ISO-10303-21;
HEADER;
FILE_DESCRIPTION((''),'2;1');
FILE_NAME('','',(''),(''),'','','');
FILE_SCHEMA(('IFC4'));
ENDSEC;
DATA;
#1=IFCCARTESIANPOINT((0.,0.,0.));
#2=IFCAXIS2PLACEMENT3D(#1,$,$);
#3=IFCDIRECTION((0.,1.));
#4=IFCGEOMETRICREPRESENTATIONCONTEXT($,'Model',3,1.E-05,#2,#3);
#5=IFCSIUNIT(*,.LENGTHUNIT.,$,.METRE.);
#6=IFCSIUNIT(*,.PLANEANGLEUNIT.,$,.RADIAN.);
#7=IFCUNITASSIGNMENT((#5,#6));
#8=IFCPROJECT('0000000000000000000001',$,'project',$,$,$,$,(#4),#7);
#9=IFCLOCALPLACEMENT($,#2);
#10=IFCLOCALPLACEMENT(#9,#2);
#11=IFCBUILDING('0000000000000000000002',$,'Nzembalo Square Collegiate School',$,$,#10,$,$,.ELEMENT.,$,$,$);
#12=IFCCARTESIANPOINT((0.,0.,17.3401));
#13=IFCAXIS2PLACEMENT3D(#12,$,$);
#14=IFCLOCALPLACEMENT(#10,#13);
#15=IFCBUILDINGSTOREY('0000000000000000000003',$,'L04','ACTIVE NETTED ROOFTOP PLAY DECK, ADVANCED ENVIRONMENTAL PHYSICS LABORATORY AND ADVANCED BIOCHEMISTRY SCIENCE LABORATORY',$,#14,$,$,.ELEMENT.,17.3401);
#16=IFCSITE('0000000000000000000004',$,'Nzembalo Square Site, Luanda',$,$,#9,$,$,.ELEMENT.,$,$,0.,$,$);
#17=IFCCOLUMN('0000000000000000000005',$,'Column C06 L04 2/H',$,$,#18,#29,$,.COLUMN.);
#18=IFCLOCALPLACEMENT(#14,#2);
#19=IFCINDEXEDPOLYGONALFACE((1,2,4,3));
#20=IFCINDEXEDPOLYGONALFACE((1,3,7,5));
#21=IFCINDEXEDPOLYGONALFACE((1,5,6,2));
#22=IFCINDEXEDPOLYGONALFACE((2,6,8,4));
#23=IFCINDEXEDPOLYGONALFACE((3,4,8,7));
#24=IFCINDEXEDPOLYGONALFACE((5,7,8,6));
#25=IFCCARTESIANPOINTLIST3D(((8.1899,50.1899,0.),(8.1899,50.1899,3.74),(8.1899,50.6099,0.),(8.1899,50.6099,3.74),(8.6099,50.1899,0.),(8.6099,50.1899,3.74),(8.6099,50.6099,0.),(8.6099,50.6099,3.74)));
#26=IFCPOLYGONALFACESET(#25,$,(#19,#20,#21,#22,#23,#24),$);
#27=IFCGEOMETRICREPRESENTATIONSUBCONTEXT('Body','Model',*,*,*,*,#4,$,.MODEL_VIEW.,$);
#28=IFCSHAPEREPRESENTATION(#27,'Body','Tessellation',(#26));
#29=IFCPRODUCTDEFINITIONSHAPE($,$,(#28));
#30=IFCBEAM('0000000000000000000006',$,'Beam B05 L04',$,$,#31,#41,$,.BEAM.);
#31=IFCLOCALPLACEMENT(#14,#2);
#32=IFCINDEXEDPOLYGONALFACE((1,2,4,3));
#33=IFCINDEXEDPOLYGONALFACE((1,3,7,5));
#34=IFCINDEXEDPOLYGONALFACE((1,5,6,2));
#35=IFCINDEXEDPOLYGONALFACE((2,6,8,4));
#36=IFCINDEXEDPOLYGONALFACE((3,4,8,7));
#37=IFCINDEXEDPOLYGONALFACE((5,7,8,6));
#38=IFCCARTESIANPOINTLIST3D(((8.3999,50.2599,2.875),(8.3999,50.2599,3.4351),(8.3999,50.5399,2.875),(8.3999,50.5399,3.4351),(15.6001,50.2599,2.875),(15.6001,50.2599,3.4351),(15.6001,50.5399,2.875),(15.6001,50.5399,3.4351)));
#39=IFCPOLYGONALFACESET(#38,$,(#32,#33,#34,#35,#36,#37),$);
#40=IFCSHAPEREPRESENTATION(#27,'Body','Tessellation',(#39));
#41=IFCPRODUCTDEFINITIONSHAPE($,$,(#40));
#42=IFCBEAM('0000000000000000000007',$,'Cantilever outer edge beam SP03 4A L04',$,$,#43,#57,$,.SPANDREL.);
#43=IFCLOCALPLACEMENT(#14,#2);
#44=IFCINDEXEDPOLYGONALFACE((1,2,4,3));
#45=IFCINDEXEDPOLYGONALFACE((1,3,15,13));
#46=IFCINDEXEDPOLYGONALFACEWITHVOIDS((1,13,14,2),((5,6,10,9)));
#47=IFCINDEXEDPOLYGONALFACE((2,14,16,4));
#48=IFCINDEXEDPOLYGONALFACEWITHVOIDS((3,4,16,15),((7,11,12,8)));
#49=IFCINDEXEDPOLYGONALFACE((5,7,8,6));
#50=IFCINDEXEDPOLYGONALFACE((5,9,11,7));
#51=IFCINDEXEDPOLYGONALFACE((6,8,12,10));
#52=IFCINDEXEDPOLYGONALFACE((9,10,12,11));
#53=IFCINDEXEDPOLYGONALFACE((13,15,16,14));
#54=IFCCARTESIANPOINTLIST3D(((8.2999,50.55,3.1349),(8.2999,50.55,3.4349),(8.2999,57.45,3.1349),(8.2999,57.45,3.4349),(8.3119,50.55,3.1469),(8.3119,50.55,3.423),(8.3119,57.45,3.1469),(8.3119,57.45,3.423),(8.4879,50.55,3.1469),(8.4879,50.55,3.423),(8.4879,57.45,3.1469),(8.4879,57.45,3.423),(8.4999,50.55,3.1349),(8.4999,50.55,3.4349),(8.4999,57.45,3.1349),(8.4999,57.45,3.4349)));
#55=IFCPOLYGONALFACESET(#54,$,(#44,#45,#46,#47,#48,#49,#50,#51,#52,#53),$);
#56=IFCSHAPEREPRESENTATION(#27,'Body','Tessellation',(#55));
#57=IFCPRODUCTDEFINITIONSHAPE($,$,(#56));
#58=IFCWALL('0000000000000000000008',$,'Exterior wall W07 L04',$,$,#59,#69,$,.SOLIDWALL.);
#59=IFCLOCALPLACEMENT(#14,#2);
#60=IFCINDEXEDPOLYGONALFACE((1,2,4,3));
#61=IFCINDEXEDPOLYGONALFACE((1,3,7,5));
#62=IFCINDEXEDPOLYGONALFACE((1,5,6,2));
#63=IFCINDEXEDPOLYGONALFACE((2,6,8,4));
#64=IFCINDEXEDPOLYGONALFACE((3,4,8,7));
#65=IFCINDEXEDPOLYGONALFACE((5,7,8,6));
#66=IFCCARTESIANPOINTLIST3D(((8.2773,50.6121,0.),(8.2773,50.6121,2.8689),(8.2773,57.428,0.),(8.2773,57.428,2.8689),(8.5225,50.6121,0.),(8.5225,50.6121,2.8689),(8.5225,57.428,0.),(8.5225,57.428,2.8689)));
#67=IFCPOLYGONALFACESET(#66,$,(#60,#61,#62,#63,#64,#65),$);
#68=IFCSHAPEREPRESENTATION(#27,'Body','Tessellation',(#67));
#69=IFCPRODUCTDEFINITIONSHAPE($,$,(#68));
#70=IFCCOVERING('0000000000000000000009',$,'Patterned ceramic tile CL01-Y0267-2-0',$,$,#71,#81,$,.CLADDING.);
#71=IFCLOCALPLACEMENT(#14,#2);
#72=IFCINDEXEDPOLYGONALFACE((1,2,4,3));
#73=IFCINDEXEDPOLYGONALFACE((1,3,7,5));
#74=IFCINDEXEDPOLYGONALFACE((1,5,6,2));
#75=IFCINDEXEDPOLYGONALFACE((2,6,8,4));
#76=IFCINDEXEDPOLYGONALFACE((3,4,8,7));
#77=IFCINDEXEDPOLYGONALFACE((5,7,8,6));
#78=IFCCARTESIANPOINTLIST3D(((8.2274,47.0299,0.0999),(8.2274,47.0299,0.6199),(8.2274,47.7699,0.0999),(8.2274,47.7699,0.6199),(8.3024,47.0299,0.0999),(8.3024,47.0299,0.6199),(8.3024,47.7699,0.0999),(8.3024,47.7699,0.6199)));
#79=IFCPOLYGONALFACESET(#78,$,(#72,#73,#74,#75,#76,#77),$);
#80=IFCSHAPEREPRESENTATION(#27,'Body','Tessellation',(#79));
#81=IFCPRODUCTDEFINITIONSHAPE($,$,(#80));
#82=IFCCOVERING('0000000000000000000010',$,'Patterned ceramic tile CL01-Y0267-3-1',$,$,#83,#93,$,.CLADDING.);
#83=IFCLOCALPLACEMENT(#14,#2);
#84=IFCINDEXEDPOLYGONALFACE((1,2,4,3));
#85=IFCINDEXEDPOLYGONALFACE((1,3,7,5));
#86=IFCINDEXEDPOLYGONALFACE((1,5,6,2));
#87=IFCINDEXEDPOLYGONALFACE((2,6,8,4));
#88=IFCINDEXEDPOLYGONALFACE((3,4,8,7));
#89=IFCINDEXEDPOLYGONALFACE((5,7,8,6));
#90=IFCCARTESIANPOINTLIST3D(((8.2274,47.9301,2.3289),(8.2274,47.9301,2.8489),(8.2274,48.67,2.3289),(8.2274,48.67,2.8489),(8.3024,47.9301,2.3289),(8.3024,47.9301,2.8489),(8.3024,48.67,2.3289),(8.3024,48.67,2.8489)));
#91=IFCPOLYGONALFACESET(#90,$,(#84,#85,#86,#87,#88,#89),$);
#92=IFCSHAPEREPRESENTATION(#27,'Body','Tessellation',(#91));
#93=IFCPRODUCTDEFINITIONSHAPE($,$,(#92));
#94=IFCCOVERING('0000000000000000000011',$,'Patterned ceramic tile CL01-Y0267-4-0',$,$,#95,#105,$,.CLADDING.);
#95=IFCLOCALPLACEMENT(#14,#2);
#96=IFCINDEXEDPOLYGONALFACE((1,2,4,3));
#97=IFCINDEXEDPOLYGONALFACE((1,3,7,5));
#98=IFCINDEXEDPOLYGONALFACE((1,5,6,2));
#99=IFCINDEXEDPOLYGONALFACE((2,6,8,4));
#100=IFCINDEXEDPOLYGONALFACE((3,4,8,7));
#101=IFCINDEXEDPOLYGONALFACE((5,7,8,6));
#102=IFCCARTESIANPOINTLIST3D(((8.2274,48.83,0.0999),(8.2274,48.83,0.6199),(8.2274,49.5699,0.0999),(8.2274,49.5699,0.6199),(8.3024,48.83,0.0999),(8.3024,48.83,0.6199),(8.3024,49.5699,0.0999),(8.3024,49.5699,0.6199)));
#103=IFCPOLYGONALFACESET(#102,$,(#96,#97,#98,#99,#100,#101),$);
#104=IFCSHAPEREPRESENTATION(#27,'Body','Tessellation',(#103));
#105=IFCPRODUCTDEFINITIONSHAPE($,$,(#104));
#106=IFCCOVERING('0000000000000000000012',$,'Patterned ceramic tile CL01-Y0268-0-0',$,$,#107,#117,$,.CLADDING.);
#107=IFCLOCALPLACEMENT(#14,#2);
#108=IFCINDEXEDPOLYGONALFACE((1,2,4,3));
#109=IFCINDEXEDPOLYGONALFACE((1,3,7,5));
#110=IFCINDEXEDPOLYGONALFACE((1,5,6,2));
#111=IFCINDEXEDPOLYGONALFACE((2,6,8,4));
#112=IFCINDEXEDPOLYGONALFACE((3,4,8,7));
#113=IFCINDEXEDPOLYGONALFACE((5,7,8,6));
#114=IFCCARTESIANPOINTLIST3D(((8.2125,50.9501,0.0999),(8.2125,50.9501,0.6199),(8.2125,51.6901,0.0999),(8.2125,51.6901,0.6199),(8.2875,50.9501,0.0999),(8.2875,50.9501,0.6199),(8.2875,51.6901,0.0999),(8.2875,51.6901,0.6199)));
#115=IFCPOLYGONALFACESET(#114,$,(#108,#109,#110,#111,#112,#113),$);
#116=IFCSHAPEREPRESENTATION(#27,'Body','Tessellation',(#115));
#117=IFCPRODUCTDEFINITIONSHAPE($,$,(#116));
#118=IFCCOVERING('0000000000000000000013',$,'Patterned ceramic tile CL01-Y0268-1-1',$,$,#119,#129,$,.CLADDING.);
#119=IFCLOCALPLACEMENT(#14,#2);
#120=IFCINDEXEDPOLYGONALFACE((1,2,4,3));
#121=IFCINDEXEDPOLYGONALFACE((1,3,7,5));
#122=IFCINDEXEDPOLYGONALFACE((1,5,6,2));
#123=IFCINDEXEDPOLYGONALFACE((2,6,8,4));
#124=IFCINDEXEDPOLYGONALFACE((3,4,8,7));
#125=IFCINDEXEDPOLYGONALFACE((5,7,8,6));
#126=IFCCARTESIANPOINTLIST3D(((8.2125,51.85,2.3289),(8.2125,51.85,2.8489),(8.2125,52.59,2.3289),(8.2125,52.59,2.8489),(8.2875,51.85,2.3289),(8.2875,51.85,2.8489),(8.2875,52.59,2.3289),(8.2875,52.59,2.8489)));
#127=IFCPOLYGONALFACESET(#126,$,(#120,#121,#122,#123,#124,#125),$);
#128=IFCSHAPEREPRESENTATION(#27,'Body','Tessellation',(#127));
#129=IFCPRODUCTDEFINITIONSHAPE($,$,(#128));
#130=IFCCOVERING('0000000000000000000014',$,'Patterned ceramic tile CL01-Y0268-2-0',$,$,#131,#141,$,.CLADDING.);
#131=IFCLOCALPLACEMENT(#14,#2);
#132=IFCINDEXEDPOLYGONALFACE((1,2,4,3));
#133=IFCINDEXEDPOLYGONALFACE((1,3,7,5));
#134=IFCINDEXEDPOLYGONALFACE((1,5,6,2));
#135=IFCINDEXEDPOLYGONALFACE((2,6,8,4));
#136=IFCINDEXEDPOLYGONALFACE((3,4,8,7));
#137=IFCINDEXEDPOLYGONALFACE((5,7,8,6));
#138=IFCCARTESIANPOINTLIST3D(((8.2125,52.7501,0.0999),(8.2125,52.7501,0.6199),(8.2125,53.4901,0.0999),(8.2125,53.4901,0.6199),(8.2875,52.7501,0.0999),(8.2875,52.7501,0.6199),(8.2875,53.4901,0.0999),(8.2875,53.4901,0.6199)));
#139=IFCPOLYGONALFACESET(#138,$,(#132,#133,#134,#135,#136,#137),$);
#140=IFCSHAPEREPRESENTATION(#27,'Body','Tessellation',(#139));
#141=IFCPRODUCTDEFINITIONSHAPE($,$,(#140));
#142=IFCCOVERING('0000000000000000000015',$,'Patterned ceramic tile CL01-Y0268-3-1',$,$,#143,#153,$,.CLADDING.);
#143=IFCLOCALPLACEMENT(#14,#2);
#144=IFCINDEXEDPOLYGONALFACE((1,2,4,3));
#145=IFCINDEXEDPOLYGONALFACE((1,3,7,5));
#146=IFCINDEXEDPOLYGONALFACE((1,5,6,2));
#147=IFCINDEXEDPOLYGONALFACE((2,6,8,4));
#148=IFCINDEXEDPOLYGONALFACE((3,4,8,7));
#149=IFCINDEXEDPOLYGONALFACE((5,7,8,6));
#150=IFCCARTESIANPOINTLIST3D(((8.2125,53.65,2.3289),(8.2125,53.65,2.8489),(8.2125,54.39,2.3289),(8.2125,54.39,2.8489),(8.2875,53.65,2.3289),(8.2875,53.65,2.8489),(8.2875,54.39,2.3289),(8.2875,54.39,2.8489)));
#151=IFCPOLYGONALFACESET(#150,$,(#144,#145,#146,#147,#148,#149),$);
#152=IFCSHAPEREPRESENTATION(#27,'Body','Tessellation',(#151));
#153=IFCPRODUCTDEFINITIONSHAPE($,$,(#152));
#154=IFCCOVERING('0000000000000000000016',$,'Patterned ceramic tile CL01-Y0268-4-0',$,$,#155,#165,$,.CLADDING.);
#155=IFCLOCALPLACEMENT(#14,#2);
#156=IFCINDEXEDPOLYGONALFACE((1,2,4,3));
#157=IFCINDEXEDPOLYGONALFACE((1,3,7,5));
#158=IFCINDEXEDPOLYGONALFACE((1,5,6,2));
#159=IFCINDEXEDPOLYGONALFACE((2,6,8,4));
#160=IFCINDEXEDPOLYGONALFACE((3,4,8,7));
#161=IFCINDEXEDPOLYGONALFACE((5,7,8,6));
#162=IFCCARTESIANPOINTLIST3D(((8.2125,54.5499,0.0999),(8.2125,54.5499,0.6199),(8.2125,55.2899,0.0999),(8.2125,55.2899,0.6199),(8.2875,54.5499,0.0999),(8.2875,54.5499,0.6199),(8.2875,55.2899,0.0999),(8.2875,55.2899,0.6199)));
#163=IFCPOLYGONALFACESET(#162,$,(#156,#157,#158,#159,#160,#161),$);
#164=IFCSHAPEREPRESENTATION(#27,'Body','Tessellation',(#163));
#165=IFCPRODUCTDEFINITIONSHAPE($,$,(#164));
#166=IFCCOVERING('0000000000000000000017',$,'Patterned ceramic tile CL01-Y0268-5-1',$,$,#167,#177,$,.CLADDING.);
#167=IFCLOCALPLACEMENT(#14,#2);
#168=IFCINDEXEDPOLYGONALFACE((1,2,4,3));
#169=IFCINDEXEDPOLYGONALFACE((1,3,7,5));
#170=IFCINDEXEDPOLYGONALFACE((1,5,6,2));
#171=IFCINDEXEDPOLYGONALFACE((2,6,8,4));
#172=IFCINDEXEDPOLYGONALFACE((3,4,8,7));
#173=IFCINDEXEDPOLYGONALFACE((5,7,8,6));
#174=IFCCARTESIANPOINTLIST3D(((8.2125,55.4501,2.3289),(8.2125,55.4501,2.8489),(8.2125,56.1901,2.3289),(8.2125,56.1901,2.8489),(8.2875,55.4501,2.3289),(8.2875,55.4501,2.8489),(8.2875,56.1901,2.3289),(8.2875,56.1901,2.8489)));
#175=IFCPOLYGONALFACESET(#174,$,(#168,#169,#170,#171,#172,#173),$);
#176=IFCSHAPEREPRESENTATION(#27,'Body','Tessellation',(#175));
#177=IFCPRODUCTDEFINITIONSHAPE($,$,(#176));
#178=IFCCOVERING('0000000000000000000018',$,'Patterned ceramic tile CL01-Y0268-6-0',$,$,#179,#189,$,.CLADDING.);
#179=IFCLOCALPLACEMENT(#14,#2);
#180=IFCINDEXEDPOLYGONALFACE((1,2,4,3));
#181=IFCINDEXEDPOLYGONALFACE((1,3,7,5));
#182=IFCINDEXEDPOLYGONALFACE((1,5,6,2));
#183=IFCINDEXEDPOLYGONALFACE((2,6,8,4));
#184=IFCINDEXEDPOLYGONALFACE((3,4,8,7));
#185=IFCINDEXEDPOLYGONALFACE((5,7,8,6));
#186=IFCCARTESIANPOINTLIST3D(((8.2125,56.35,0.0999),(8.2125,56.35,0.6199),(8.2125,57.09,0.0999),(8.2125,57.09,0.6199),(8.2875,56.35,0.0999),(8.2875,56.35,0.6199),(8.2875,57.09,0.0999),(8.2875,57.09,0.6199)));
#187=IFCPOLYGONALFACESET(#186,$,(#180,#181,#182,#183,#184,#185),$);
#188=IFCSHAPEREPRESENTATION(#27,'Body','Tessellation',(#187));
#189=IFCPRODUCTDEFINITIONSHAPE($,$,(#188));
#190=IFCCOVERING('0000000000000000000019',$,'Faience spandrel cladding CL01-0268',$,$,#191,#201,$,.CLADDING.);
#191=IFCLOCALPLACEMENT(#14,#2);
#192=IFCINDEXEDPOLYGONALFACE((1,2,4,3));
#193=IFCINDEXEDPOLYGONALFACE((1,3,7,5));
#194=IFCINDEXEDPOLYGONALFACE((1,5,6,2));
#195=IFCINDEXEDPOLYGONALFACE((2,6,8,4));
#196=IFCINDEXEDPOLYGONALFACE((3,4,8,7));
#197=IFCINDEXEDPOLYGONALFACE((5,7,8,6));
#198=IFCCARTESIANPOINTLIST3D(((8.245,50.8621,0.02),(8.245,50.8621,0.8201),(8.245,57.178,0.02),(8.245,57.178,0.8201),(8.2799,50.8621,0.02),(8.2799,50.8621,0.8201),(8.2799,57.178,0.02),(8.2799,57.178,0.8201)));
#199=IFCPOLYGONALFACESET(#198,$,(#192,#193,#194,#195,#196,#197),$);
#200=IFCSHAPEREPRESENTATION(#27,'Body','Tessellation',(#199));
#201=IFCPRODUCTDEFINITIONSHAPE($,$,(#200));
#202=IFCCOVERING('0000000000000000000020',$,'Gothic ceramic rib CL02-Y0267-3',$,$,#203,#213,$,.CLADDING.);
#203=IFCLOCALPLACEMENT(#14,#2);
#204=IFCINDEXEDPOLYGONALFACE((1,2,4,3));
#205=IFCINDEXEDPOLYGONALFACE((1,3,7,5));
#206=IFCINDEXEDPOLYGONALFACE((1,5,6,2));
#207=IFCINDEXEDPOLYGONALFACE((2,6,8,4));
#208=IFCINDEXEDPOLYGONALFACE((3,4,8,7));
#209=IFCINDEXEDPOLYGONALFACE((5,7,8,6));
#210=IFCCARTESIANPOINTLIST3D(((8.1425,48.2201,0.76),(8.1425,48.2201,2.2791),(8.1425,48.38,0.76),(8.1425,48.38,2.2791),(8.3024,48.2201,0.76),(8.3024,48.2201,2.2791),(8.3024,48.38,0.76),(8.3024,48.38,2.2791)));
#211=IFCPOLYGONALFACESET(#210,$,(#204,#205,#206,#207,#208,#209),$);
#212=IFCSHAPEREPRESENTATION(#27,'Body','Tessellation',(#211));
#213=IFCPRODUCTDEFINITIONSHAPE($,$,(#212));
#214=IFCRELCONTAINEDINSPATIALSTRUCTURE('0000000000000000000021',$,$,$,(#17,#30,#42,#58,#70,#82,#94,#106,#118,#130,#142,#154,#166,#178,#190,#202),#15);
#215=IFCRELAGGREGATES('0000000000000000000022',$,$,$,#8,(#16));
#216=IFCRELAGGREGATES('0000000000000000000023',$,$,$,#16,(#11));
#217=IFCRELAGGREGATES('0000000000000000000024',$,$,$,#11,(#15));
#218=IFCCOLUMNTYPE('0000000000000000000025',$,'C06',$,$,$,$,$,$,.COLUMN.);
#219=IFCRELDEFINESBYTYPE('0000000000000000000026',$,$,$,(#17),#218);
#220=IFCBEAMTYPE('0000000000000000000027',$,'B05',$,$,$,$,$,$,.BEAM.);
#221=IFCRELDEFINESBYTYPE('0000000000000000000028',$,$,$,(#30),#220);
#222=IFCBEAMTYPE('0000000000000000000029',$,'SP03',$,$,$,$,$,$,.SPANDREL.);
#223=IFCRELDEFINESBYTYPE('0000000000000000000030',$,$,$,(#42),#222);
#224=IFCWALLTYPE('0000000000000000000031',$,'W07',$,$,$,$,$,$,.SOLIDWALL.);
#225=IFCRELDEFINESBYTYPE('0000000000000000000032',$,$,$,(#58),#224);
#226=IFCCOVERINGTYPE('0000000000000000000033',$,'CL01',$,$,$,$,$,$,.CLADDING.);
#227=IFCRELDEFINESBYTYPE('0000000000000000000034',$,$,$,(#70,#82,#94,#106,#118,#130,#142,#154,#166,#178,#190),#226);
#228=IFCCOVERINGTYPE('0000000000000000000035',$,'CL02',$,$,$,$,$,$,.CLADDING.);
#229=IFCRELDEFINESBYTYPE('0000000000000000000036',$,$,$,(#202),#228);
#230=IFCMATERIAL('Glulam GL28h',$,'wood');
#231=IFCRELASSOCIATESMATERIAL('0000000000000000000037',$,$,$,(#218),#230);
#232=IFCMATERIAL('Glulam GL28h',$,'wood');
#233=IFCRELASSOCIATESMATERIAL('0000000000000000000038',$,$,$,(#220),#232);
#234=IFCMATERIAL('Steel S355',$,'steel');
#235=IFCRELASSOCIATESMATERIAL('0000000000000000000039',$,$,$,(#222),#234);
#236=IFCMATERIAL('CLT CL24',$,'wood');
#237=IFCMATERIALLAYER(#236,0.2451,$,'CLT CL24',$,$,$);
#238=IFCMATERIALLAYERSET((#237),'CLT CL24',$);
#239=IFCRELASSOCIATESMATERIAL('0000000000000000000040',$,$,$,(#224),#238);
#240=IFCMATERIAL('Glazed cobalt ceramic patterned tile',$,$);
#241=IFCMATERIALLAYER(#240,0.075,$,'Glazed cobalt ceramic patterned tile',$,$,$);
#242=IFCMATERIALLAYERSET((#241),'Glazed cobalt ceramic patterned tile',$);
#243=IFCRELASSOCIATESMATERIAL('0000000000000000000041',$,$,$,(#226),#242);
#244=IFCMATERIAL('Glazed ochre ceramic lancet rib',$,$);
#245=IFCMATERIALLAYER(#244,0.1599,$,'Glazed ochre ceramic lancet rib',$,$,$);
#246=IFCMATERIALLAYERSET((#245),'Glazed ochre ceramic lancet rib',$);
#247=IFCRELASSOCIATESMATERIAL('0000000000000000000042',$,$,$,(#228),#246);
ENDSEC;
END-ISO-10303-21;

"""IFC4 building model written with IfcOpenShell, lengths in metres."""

from ifc_helpers import new_model, si_unit, direction, frame, frame_2d, origin, origin_2d, place, context, subcontext, project, spatial, rectangle, hollow_rectangle, extrude, material, layer, layer_set, material_profile, profile_set, type_object, element, save


model = new_model("IFC4")

# Units and contexts
model_context = context("Model", 3, precision=1e-05, world=origin(), true_north=direction((0.0, 1.0)))
body_context = subcontext(model_context, "Body", "Model", "MODEL_VIEW")
ifc_project = project(units=[si_unit("LENGTHUNIT", "METRE"), si_unit("PLANEANGLEUNIT", "RADIAN")], contexts=[model_context])

# Site, building, storey
site_placement = place(None, origin())
site = spatial("IfcSite", under=ifc_project, at=site_placement, Name="Nzembalo Square Site, Luanda", CompositionType="ELEMENT", RefElevation=0.0)
building_placement = place(site_placement, origin())
building = spatial("IfcBuilding", under=site, at=building_placement, Name="Nzembalo Square Collegiate School", CompositionType="ELEMENT")
storey_placement = place(building_placement, frame((0.0, 0.0, 17.3401)))
storey = spatial("IfcBuildingStorey", under=building, at=storey_placement, Name="L04", Description="ACTIVE NETTED ROOFTOP PLAY DECK, ADVANCED ENVIRONMENTAL PHYSICS LABORATORY AND ADVANCED BIOCHEMISTRY SCIENCE LABORATORY", CompositionType="ELEMENT", Elevation=17.3401)

# Column
ifc_material_1 = material(Name="Glulam GL28h", Category="wood")
ifc_material_profile_1 = material_profile(ifc_material_1, rectangle(XDim=0.4199, YDim=0.4199, at=origin_2d()), Name="GL28h 420x420")
ifc_profile_set_1 = profile_set([ifc_material_profile_1], Name="Glulam GL28h")
column_type = type_object("IfcColumnType", Name="C06", PredefinedType="COLUMN", material=ifc_profile_set_1)
column_placement = place(storey_placement, frame((8.3999, 50.3999, 0.0), z_axis=(0.0, 0.0, 1.0), x_axis=(1.0, 0.0, 0.0)))
element("IfcColumn", 1, at=column_placement, inside=storey, type_object=column_type, Name="Column C06 L04 2/H", PredefinedType="COLUMN", context=body_context, shape_type="SweptSolid", body=[
    extrude(rectangle(XDim=0.4199, YDim=0.4199, at=origin_2d()), origin(), (0.0, 0.0, 1.0), 3.74),
])

# Beams
ifc_material_2 = material(Name="Glulam GL28h", Category="wood")
ifc_material_profile_2 = material_profile(ifc_material_2, rectangle(XDim=0.28, YDim=0.5601, at=origin_2d()), Name="GL28h 280x560")
ifc_profile_set_2 = profile_set([ifc_material_profile_2], Name="Glulam GL28h")
beam_type_1 = type_object("IfcBeamType", Name="B05", PredefinedType="BEAM", material=ifc_profile_set_2)
beam_1_placement = place(storey_placement, frame((8.3999, 50.3999, 3.155), z_axis=(1.0, 0.0, 0.0), x_axis=(0.0, 1.0, 0.0)))
element("IfcBeam", 2, at=beam_1_placement, inside=storey, type_object=beam_type_1, Name="Beam B05 L04", PredefinedType="BEAM", context=body_context, shape_type="SweptSolid", body=[
    extrude(rectangle(XDim=0.28, YDim=0.5601, at=origin_2d()), origin(), (0.0, 0.0, 1.0), 7.2002),
])
ifc_material_3 = material(Name="Steel S355", Category="steel")
ifc_material_profile_3 = material_profile(ifc_material_3, hollow_rectangle(XDim=0.2, YDim=0.3, WallThickness=0.012, at=origin_2d()), Name="RHS 300x200x12")
ifc_profile_set_3 = profile_set([ifc_material_profile_3], Name="Steel S355")
beam_type_2 = type_object("IfcBeamType", Name="SP03", PredefinedType="SPANDREL", material=ifc_profile_set_3)
beam_2_placement = place(storey_placement, frame((8.3999, 50.55, 3.2849), z_axis=(0.0, 1.0, 0.0), x_axis=(-1.0, 0.0, 0.0)))
element("IfcBeam", 3, at=beam_2_placement, inside=storey, type_object=beam_type_2, Name="Cantilever outer edge beam SP03 4A L04", PredefinedType="SPANDREL", context=body_context, shape_type="SweptSolid", body=[
    extrude(hollow_rectangle(XDim=0.2, YDim=0.3, WallThickness=0.012, at=origin_2d()), origin(), (0.0, 0.0, 1.0), 6.8999),
])

# Wall
ifc_material_4 = material(Name="CLT CL24", Category="wood")
ifc_layer_1 = layer(ifc_material_4, 0.2451, Name="CLT CL24")
ifc_layer_set_1 = layer_set([ifc_layer_1], Name="CLT CL24")
wall_type = type_object("IfcWallType", Name="W07", PredefinedType="SOLIDWALL", material=ifc_layer_set_1)
wall_placement = place(storey_placement, frame((8.3999, 50.6121, 0.0), z_axis=(0.0, 0.0, 1.0), x_axis=(0.0, 1.0, 0.0)))
element("IfcWall", 4, at=wall_placement, inside=storey, type_object=wall_type, Name="Exterior wall W07 L04", PredefinedType="SOLIDWALL", context=body_context, shape_type="SweptSolid", body=[
    extrude(rectangle(XDim=6.8159, YDim=0.2451, at=frame_2d((3.408, 0.0))), origin(), (0.0, 0.0, 1.0), 2.8689),
])

# Coverings
ifc_material_5 = material(Name="Glazed cobalt ceramic patterned tile")
ifc_layer_2 = layer(ifc_material_5, 0.075, Name="Glazed cobalt ceramic patterned tile")
ifc_layer_set_2 = layer_set([ifc_layer_2], Name="Glazed cobalt ceramic patterned tile")
covering_type_1 = type_object("IfcCoveringType", Name="CL01", PredefinedType="CLADDING", material=ifc_layer_set_2)
for number, where, z_axis, x_axis, name in (
    (5, (8.2649, 47.3999, 0.0999), (0.0, 0.0, 1.0), (1.0, 0.0, 0.0), "Patterned ceramic tile CL01-Y0267-2-0"),
    (6, (8.2649, 48.3, 2.3289), (0.0, 0.0, 1.0), (1.0, 0.0, 0.0), "Patterned ceramic tile CL01-Y0267-3-1"),
    (7, (8.2649, 49.2, 0.0999), (0.0, 0.0, 1.0), (1.0, 0.0, 0.0), "Patterned ceramic tile CL01-Y0267-4-0"),
    (8, (8.25, 51.3201, 0.0999), (0.0, 0.0, 1.0), (1.0, 0.0, 0.0), "Patterned ceramic tile CL01-Y0268-0-0"),
    (9, (8.25, 52.22, 2.3289), (0.0, 0.0, 1.0), (1.0, 0.0, 0.0), "Patterned ceramic tile CL01-Y0268-1-1"),
    (10, (8.25, 53.1201, 0.0999), (0.0, 0.0, 1.0), (1.0, 0.0, 0.0), "Patterned ceramic tile CL01-Y0268-2-0"),
    (11, (8.25, 54.02, 2.3289), (0.0, 0.0, 1.0), (1.0, 0.0, 0.0), "Patterned ceramic tile CL01-Y0268-3-1"),
    (12, (8.25, 54.9199, 0.0999), (0.0, 0.0, 1.0), (1.0, 0.0, 0.0), "Patterned ceramic tile CL01-Y0268-4-0"),
    (13, (8.25, 55.8201, 2.3289), (0.0, 0.0, 1.0), (1.0, 0.0, 0.0), "Patterned ceramic tile CL01-Y0268-5-1"),
    (14, (8.25, 56.72, 0.0999), (0.0, 0.0, 1.0), (1.0, 0.0, 0.0), "Patterned ceramic tile CL01-Y0268-6-0"),
):
    element("IfcCovering", number, at=place(storey_placement, frame(where, z_axis=z_axis, x_axis=x_axis)), inside=storey, type_object=covering_type_1, Name=name, PredefinedType="CLADDING", context=body_context, shape_type="SweptSolid", body=[
        extrude(rectangle(XDim=0.075, YDim=0.74, at=origin_2d()), origin(), (0.0, 0.0, 1.0), 0.52),
    ])
covering_placement = place(storey_placement, frame((8.2625, 54.02, 0.02), z_axis=(0.0, 0.0, 1.0), x_axis=(1.0, 0.0, 0.0)))
element("IfcCovering", 15, at=covering_placement, inside=storey, type_object=covering_type_1, Name="Faience spandrel cladding CL01-0268", PredefinedType="CLADDING", context=body_context, shape_type="SweptSolid", body=[
    extrude(rectangle(XDim=0.0349, YDim=6.3159, at=origin_2d()), origin(), (0.0, 0.0, 1.0), 0.8),
])
ifc_material_6 = material(Name="Glazed ochre ceramic lancet rib")
ifc_layer_3 = layer(ifc_material_6, 0.1599, Name="Glazed ochre ceramic lancet rib")
ifc_layer_set_3 = layer_set([ifc_layer_3], Name="Glazed ochre ceramic lancet rib")
covering_type_2 = type_object("IfcCoveringType", Name="CL02", PredefinedType="CLADDING", material=ifc_layer_set_3)
for number, where, z_axis, x_axis, name in (
    (16, (8.2224, 48.3, 0.76), (0.0, 0.0, 1.0), (1.0, 0.0, 0.0), "Gothic ceramic rib CL02-Y0267-3"),
):
    element("IfcCovering", number, at=place(storey_placement, frame(where, z_axis=z_axis, x_axis=x_axis)), inside=storey, type_object=covering_type_2, Name=name, PredefinedType="CLADDING", context=body_context, shape_type="SweptSolid", body=[
        extrude(rectangle(XDim=0.1599, YDim=0.1599, at=origin_2d()), origin(), (0.0, 0.0, 1.0), 1.519),
    ])

save(model, "model.ifc")
